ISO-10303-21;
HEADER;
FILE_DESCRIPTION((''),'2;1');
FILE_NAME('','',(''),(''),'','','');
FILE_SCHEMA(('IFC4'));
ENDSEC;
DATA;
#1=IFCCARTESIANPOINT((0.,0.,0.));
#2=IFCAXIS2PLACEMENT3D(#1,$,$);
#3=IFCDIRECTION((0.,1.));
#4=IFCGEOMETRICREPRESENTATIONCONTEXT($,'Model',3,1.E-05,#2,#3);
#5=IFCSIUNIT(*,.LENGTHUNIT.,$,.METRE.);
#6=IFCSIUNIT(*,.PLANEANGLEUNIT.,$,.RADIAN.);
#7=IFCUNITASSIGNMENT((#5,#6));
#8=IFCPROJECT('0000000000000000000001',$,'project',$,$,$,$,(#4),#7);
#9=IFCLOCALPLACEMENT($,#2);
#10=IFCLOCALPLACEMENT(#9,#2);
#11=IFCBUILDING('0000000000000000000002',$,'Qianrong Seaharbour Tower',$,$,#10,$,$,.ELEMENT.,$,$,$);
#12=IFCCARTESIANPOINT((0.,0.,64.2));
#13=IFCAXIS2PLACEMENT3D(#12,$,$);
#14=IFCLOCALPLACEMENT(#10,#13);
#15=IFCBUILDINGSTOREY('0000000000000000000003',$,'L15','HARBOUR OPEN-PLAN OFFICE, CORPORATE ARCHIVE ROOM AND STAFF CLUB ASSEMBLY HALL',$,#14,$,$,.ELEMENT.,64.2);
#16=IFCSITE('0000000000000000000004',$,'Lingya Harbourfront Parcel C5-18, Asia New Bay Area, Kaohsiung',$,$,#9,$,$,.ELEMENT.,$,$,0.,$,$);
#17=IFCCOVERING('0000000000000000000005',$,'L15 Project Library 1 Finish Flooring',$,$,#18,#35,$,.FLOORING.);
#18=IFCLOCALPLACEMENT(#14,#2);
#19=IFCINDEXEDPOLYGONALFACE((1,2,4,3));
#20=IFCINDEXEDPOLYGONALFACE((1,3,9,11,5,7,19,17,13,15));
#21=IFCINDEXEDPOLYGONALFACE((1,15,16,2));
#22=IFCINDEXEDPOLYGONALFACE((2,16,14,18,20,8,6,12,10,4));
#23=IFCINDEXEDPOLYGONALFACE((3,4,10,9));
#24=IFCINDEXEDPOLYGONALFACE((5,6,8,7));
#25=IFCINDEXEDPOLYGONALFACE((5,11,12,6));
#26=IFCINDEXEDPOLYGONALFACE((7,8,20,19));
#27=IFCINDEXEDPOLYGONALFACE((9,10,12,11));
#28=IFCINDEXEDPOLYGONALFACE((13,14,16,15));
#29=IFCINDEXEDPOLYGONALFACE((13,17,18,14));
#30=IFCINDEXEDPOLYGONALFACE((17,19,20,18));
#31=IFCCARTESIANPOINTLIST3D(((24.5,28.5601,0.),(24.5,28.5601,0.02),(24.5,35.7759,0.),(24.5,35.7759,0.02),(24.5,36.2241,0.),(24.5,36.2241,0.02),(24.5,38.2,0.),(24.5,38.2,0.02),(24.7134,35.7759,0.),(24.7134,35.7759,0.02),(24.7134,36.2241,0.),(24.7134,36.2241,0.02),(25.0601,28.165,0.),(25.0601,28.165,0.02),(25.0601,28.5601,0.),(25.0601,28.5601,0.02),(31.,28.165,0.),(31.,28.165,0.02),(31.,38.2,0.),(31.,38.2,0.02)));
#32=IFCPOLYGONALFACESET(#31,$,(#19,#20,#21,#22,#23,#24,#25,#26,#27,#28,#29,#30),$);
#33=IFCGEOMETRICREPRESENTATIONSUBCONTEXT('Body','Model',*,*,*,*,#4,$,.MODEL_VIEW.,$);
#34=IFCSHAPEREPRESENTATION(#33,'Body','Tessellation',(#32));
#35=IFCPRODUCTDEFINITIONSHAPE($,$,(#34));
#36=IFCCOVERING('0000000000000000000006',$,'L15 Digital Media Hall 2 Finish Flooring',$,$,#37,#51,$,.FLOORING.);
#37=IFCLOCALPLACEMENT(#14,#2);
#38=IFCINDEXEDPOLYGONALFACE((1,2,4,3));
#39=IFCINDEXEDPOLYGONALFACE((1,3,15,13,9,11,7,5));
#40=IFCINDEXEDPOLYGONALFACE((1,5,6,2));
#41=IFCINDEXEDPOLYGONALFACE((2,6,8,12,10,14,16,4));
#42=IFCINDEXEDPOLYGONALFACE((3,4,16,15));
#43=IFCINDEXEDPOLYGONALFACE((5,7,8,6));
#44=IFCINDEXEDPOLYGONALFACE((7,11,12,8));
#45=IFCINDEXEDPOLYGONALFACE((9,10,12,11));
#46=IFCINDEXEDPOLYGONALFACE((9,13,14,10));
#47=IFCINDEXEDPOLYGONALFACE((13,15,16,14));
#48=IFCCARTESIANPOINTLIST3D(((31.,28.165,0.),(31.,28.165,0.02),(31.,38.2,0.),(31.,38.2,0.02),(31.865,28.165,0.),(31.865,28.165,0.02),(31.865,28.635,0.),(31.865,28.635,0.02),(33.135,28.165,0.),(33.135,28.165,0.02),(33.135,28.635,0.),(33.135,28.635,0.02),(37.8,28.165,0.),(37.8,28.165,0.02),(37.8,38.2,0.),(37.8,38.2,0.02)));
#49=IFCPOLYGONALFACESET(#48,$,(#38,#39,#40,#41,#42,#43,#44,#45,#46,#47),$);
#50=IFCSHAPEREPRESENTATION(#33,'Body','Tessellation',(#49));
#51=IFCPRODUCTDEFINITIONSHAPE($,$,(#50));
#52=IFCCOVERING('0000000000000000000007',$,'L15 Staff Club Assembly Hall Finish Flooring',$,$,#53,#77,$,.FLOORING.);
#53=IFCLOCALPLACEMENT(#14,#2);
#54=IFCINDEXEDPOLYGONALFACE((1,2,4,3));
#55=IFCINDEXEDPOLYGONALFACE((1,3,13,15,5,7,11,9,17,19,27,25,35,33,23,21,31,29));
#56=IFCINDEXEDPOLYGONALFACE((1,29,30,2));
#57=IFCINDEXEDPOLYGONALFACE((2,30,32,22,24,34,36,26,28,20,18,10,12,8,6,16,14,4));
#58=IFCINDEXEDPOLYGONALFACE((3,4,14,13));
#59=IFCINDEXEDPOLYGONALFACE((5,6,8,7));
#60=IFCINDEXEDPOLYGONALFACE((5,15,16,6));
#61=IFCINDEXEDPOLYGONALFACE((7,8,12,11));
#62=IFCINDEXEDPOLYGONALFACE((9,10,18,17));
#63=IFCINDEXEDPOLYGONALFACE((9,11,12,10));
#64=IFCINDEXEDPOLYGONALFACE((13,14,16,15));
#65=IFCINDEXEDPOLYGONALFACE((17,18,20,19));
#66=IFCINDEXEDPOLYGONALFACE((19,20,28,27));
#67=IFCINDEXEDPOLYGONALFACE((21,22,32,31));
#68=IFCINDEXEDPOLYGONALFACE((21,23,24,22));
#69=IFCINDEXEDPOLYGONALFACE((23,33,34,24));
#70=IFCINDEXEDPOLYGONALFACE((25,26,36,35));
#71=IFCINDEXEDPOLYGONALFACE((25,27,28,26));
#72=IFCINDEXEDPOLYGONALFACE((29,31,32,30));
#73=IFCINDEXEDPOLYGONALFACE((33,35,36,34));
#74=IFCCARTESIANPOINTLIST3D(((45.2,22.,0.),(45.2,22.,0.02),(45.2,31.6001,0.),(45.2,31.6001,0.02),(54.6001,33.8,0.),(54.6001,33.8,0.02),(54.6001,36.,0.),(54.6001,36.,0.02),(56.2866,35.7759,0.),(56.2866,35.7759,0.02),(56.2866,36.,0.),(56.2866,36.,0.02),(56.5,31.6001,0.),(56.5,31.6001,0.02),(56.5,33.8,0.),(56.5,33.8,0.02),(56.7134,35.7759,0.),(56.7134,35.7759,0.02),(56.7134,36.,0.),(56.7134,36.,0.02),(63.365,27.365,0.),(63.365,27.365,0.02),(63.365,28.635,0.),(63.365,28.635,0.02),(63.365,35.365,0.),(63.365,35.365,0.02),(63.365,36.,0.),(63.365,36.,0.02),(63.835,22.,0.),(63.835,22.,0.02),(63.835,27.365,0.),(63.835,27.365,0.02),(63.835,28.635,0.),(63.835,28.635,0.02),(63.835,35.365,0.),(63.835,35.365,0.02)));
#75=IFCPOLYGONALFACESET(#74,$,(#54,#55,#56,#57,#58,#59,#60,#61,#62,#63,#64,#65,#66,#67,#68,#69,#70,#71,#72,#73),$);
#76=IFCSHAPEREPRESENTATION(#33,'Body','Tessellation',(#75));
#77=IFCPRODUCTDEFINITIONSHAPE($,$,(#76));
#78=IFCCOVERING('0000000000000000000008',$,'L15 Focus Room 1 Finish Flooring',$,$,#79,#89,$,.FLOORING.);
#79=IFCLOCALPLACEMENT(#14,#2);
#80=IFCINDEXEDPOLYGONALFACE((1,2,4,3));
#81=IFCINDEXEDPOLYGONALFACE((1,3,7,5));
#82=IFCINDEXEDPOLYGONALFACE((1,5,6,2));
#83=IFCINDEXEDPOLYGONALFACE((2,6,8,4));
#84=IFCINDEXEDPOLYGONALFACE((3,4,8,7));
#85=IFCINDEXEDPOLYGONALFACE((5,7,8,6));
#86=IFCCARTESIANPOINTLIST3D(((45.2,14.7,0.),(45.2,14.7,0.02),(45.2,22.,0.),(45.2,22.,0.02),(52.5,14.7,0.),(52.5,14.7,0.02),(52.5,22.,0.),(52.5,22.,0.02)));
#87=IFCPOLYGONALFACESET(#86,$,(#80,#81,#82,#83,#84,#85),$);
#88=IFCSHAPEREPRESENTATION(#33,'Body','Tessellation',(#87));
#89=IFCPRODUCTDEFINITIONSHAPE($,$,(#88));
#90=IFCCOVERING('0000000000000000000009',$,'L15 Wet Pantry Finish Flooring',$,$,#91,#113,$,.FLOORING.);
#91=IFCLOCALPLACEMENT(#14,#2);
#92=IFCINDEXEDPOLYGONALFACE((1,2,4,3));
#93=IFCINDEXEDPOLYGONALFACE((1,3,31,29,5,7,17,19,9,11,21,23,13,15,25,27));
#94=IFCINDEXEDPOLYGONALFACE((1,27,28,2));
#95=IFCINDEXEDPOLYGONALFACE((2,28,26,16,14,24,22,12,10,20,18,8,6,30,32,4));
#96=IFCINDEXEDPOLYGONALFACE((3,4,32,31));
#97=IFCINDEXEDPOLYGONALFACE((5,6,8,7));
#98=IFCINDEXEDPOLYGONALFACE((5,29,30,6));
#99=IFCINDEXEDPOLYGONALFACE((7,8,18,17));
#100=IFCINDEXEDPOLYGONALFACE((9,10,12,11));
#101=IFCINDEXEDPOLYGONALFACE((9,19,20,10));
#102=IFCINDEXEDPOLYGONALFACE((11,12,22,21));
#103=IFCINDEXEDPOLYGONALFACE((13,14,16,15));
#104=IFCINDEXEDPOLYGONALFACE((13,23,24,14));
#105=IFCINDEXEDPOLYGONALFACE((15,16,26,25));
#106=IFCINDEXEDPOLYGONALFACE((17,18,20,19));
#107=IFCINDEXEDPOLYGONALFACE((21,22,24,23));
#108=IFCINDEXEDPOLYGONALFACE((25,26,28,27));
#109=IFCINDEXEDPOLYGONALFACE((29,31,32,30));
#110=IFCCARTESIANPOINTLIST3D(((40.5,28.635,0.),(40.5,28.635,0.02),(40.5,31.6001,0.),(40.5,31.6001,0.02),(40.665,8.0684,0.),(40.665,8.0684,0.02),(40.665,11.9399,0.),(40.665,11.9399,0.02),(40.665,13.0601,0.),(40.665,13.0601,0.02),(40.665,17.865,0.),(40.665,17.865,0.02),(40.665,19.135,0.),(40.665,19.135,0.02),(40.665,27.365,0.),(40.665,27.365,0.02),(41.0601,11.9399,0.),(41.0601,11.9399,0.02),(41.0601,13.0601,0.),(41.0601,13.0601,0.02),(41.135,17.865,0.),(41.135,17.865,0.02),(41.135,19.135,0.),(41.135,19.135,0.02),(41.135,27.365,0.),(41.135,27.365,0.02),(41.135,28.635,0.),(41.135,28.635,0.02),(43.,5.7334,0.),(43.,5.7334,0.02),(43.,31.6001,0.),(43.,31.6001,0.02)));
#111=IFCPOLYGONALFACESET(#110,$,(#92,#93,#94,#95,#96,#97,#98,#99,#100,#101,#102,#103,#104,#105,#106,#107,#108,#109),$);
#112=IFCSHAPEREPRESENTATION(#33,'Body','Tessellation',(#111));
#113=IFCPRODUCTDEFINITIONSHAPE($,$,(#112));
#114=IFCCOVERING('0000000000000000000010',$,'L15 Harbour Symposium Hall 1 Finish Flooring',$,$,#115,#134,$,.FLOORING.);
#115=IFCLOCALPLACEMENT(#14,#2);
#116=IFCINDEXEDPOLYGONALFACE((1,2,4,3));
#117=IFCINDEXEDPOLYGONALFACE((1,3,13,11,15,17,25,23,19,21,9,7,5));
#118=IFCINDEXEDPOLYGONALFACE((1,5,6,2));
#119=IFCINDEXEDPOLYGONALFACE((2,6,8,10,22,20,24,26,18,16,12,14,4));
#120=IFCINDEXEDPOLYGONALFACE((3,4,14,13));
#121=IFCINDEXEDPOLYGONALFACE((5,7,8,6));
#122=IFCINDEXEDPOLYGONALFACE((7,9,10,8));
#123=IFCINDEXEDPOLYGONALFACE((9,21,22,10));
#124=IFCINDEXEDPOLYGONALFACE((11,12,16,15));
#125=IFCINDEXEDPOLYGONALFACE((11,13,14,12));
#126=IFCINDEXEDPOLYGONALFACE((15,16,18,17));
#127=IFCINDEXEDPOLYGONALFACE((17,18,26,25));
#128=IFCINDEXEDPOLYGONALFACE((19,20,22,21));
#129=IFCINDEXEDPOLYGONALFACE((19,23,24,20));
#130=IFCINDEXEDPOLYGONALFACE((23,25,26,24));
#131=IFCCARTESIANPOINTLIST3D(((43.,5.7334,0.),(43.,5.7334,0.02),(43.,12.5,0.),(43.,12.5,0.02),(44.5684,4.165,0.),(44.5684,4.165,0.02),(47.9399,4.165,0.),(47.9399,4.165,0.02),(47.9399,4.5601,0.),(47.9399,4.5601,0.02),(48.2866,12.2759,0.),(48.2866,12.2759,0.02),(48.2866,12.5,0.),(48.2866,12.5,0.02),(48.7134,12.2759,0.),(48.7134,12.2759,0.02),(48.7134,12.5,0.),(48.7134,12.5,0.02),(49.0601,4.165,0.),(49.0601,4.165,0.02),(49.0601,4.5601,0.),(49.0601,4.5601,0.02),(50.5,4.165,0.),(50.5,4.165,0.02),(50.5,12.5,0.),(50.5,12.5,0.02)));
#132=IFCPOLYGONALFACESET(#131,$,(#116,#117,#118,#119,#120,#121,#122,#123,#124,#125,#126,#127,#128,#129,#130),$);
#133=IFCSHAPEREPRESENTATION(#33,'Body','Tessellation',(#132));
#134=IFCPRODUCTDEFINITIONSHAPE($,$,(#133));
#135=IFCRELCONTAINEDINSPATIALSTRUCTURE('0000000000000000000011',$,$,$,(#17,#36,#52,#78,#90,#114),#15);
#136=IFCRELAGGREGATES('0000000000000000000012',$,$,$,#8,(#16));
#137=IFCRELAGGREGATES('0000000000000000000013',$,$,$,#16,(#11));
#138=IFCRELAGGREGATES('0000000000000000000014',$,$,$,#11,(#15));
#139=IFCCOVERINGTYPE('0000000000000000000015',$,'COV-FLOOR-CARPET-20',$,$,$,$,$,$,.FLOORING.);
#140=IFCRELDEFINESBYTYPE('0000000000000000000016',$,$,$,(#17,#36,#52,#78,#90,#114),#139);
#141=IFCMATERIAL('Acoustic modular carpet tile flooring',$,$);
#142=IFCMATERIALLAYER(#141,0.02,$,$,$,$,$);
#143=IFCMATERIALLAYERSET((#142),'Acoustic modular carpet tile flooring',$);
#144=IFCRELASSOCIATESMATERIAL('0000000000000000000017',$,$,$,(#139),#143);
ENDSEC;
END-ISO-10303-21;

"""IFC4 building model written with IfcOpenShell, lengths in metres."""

from ifc_helpers import new_model, si_unit, direction, frame, origin, place, context, subcontext, project, spatial, polyline, outline, extrude, material, layer, layer_set, type_object, element, save


model = new_model("IFC4")

# Units and contexts
model_context = context("Model", 3, precision=1e-05, world=origin(), true_north=direction((0.0, 1.0)))
body_context = subcontext(model_context, "Body", "Model", "MODEL_VIEW")
ifc_project = project(units=[si_unit("LENGTHUNIT", "METRE"), si_unit("PLANEANGLEUNIT", "RADIAN")], contexts=[model_context])

# Site, building, storey
site_placement = place(None, origin())
site = spatial("IfcSite", under=ifc_project, at=site_placement, Name="Lingya Harbourfront Parcel C5-18, Asia New Bay Area, Kaohsiung", CompositionType="ELEMENT", RefElevation=0.0)
building_placement = place(site_placement, origin())
building = spatial("IfcBuilding", under=site, at=building_placement, Name="Qianrong Seaharbour Tower", CompositionType="ELEMENT")
storey_placement = place(building_placement, frame((0.0, 0.0, 64.2)))
storey = spatial("IfcBuildingStorey", under=building, at=storey_placement, Name="L15", Description="HARBOUR OPEN-PLAN OFFICE, CORPORATE ARCHIVE ROOM AND STAFF CLUB ASSEMBLY HALL", CompositionType="ELEMENT", Elevation=64.2)

# Coverings
ifc_material_1 = material(Name="Acoustic modular carpet tile flooring")
ifc_layer_1 = layer(ifc_material_1, 0.02)
ifc_layer_set_1 = layer_set([ifc_layer_1], Name="Acoustic modular carpet tile flooring")
covering_type_1 = type_object("IfcCoveringType", Name="COV-FLOOR-CARPET-20", PredefinedType="FLOORING", material=ifc_layer_set_1)
covering_1_placement = place(storey_placement, origin())
element("IfcCovering", 1, at=covering_1_placement, inside=storey, type_object=covering_type_1, Name="L15 Project Library 1 Finish Flooring", PredefinedType="FLOORING", context=body_context, shape_type="SweptSolid", body=[
    extrude(outline(polyline([(31.0, 28.165), (25.0601, 28.165), (25.0601, 28.5601), (24.5, 28.5601), (24.5, 35.7759), (24.7134, 35.7759), (24.7134, 36.2241), (24.5, 36.2241), (24.5, 38.2), (31.0, 38.2), (31.0, 28.165)])), origin(), (0.0, 0.0, 1.0), 0.02),
])
covering_2_placement = place(storey_placement, origin())
element("IfcCovering", 2, at=covering_2_placement, inside=storey, type_object=covering_type_1, Name="L15 Digital Media Hall 2 Finish Flooring", PredefinedType="FLOORING", context=body_context, shape_type="SweptSolid", body=[
    extrude(outline(polyline([(37.8, 28.165), (33.135, 28.165), (33.135, 28.635), (31.865, 28.635), (31.865, 28.165), (31.0, 28.165), (31.0, 38.2), (37.8, 38.2), (37.8, 28.165)])), origin(), (0.0, 0.0, 1.0), 0.02),
])
covering_3_placement = place(storey_placement, origin())
element("IfcCovering", 3, at=covering_3_placement, inside=storey, type_object=covering_type_1, Name="L15 Staff Club Assembly Hall Finish Flooring", PredefinedType="FLOORING", context=body_context, shape_type="SweptSolid", body=[
    extrude(outline(polyline([(56.5, 31.6001), (56.5, 33.8), (54.6001, 33.8), (54.6001, 36.0), (56.2866, 36.0), (56.2866, 35.7759), (56.7134, 35.7759), (56.7134, 36.0), (63.365, 36.0), (63.365, 35.365), (63.835, 35.365), (63.835, 28.635), (63.365, 28.635), (63.365, 27.365), (63.835, 27.365), (63.835, 22.0), (45.2, 22.0), (45.2, 31.6001), (56.5, 31.6001)])), origin(), (0.0, 0.0, 1.0), 0.02),
])
covering_4_placement = place(storey_placement, origin())
element("IfcCovering", 4, at=covering_4_placement, inside=storey, type_object=covering_type_1, Name="L15 Focus Room 1 Finish Flooring", PredefinedType="FLOORING", context=body_context, shape_type="SweptSolid", body=[
    extrude(outline(polyline([(52.5, 22.0), (52.5, 14.7), (45.2, 14.7), (45.2, 22.0), (52.5, 22.0)])), origin(), (0.0, 0.0, 1.0), 0.02),
])
covering_5_placement = place(storey_placement, origin())
element("IfcCovering", 5, at=covering_5_placement, inside=storey, type_object=covering_type_1, Name="L15 Wet Pantry Finish Flooring", PredefinedType="FLOORING", context=body_context, shape_type="SweptSolid", body=[
    extrude(outline(polyline([(43.0, 5.7334), (40.665, 8.0684), (40.665, 11.9399), (41.0601, 11.9399), (41.0601, 13.0601), (40.665, 13.0601), (40.665, 17.865), (41.135, 17.865), (41.135, 19.135), (40.665, 19.135), (40.665, 27.365), (41.135, 27.365), (41.135, 28.635), (40.5, 28.635), (40.5, 31.6001), (43.0, 31.6001), (43.0, 5.7334)])), origin(), (0.0, 0.0, 1.0), 0.02),
])
covering_6_placement = place(storey_placement, origin())
element("IfcCovering", 6, at=covering_6_placement, inside=storey, type_object=covering_type_1, Name="L15 Harbour Symposium Hall 1 Finish Flooring", PredefinedType="FLOORING", context=body_context, shape_type="SweptSolid", body=[
    extrude(outline(polyline([(50.5, 4.165), (49.0601, 4.165), (49.0601, 4.5601), (47.9399, 4.5601), (47.9399, 4.165), (44.5684, 4.165), (43.0, 5.7334), (43.0, 12.5), (48.2866, 12.5), (48.2866, 12.2759), (48.7134, 12.2759), (48.7134, 12.5), (50.5, 12.5), (50.5, 4.165)])), origin(), (0.0, 0.0, 1.0), 0.02),
])

save(model, "model.ifc")
